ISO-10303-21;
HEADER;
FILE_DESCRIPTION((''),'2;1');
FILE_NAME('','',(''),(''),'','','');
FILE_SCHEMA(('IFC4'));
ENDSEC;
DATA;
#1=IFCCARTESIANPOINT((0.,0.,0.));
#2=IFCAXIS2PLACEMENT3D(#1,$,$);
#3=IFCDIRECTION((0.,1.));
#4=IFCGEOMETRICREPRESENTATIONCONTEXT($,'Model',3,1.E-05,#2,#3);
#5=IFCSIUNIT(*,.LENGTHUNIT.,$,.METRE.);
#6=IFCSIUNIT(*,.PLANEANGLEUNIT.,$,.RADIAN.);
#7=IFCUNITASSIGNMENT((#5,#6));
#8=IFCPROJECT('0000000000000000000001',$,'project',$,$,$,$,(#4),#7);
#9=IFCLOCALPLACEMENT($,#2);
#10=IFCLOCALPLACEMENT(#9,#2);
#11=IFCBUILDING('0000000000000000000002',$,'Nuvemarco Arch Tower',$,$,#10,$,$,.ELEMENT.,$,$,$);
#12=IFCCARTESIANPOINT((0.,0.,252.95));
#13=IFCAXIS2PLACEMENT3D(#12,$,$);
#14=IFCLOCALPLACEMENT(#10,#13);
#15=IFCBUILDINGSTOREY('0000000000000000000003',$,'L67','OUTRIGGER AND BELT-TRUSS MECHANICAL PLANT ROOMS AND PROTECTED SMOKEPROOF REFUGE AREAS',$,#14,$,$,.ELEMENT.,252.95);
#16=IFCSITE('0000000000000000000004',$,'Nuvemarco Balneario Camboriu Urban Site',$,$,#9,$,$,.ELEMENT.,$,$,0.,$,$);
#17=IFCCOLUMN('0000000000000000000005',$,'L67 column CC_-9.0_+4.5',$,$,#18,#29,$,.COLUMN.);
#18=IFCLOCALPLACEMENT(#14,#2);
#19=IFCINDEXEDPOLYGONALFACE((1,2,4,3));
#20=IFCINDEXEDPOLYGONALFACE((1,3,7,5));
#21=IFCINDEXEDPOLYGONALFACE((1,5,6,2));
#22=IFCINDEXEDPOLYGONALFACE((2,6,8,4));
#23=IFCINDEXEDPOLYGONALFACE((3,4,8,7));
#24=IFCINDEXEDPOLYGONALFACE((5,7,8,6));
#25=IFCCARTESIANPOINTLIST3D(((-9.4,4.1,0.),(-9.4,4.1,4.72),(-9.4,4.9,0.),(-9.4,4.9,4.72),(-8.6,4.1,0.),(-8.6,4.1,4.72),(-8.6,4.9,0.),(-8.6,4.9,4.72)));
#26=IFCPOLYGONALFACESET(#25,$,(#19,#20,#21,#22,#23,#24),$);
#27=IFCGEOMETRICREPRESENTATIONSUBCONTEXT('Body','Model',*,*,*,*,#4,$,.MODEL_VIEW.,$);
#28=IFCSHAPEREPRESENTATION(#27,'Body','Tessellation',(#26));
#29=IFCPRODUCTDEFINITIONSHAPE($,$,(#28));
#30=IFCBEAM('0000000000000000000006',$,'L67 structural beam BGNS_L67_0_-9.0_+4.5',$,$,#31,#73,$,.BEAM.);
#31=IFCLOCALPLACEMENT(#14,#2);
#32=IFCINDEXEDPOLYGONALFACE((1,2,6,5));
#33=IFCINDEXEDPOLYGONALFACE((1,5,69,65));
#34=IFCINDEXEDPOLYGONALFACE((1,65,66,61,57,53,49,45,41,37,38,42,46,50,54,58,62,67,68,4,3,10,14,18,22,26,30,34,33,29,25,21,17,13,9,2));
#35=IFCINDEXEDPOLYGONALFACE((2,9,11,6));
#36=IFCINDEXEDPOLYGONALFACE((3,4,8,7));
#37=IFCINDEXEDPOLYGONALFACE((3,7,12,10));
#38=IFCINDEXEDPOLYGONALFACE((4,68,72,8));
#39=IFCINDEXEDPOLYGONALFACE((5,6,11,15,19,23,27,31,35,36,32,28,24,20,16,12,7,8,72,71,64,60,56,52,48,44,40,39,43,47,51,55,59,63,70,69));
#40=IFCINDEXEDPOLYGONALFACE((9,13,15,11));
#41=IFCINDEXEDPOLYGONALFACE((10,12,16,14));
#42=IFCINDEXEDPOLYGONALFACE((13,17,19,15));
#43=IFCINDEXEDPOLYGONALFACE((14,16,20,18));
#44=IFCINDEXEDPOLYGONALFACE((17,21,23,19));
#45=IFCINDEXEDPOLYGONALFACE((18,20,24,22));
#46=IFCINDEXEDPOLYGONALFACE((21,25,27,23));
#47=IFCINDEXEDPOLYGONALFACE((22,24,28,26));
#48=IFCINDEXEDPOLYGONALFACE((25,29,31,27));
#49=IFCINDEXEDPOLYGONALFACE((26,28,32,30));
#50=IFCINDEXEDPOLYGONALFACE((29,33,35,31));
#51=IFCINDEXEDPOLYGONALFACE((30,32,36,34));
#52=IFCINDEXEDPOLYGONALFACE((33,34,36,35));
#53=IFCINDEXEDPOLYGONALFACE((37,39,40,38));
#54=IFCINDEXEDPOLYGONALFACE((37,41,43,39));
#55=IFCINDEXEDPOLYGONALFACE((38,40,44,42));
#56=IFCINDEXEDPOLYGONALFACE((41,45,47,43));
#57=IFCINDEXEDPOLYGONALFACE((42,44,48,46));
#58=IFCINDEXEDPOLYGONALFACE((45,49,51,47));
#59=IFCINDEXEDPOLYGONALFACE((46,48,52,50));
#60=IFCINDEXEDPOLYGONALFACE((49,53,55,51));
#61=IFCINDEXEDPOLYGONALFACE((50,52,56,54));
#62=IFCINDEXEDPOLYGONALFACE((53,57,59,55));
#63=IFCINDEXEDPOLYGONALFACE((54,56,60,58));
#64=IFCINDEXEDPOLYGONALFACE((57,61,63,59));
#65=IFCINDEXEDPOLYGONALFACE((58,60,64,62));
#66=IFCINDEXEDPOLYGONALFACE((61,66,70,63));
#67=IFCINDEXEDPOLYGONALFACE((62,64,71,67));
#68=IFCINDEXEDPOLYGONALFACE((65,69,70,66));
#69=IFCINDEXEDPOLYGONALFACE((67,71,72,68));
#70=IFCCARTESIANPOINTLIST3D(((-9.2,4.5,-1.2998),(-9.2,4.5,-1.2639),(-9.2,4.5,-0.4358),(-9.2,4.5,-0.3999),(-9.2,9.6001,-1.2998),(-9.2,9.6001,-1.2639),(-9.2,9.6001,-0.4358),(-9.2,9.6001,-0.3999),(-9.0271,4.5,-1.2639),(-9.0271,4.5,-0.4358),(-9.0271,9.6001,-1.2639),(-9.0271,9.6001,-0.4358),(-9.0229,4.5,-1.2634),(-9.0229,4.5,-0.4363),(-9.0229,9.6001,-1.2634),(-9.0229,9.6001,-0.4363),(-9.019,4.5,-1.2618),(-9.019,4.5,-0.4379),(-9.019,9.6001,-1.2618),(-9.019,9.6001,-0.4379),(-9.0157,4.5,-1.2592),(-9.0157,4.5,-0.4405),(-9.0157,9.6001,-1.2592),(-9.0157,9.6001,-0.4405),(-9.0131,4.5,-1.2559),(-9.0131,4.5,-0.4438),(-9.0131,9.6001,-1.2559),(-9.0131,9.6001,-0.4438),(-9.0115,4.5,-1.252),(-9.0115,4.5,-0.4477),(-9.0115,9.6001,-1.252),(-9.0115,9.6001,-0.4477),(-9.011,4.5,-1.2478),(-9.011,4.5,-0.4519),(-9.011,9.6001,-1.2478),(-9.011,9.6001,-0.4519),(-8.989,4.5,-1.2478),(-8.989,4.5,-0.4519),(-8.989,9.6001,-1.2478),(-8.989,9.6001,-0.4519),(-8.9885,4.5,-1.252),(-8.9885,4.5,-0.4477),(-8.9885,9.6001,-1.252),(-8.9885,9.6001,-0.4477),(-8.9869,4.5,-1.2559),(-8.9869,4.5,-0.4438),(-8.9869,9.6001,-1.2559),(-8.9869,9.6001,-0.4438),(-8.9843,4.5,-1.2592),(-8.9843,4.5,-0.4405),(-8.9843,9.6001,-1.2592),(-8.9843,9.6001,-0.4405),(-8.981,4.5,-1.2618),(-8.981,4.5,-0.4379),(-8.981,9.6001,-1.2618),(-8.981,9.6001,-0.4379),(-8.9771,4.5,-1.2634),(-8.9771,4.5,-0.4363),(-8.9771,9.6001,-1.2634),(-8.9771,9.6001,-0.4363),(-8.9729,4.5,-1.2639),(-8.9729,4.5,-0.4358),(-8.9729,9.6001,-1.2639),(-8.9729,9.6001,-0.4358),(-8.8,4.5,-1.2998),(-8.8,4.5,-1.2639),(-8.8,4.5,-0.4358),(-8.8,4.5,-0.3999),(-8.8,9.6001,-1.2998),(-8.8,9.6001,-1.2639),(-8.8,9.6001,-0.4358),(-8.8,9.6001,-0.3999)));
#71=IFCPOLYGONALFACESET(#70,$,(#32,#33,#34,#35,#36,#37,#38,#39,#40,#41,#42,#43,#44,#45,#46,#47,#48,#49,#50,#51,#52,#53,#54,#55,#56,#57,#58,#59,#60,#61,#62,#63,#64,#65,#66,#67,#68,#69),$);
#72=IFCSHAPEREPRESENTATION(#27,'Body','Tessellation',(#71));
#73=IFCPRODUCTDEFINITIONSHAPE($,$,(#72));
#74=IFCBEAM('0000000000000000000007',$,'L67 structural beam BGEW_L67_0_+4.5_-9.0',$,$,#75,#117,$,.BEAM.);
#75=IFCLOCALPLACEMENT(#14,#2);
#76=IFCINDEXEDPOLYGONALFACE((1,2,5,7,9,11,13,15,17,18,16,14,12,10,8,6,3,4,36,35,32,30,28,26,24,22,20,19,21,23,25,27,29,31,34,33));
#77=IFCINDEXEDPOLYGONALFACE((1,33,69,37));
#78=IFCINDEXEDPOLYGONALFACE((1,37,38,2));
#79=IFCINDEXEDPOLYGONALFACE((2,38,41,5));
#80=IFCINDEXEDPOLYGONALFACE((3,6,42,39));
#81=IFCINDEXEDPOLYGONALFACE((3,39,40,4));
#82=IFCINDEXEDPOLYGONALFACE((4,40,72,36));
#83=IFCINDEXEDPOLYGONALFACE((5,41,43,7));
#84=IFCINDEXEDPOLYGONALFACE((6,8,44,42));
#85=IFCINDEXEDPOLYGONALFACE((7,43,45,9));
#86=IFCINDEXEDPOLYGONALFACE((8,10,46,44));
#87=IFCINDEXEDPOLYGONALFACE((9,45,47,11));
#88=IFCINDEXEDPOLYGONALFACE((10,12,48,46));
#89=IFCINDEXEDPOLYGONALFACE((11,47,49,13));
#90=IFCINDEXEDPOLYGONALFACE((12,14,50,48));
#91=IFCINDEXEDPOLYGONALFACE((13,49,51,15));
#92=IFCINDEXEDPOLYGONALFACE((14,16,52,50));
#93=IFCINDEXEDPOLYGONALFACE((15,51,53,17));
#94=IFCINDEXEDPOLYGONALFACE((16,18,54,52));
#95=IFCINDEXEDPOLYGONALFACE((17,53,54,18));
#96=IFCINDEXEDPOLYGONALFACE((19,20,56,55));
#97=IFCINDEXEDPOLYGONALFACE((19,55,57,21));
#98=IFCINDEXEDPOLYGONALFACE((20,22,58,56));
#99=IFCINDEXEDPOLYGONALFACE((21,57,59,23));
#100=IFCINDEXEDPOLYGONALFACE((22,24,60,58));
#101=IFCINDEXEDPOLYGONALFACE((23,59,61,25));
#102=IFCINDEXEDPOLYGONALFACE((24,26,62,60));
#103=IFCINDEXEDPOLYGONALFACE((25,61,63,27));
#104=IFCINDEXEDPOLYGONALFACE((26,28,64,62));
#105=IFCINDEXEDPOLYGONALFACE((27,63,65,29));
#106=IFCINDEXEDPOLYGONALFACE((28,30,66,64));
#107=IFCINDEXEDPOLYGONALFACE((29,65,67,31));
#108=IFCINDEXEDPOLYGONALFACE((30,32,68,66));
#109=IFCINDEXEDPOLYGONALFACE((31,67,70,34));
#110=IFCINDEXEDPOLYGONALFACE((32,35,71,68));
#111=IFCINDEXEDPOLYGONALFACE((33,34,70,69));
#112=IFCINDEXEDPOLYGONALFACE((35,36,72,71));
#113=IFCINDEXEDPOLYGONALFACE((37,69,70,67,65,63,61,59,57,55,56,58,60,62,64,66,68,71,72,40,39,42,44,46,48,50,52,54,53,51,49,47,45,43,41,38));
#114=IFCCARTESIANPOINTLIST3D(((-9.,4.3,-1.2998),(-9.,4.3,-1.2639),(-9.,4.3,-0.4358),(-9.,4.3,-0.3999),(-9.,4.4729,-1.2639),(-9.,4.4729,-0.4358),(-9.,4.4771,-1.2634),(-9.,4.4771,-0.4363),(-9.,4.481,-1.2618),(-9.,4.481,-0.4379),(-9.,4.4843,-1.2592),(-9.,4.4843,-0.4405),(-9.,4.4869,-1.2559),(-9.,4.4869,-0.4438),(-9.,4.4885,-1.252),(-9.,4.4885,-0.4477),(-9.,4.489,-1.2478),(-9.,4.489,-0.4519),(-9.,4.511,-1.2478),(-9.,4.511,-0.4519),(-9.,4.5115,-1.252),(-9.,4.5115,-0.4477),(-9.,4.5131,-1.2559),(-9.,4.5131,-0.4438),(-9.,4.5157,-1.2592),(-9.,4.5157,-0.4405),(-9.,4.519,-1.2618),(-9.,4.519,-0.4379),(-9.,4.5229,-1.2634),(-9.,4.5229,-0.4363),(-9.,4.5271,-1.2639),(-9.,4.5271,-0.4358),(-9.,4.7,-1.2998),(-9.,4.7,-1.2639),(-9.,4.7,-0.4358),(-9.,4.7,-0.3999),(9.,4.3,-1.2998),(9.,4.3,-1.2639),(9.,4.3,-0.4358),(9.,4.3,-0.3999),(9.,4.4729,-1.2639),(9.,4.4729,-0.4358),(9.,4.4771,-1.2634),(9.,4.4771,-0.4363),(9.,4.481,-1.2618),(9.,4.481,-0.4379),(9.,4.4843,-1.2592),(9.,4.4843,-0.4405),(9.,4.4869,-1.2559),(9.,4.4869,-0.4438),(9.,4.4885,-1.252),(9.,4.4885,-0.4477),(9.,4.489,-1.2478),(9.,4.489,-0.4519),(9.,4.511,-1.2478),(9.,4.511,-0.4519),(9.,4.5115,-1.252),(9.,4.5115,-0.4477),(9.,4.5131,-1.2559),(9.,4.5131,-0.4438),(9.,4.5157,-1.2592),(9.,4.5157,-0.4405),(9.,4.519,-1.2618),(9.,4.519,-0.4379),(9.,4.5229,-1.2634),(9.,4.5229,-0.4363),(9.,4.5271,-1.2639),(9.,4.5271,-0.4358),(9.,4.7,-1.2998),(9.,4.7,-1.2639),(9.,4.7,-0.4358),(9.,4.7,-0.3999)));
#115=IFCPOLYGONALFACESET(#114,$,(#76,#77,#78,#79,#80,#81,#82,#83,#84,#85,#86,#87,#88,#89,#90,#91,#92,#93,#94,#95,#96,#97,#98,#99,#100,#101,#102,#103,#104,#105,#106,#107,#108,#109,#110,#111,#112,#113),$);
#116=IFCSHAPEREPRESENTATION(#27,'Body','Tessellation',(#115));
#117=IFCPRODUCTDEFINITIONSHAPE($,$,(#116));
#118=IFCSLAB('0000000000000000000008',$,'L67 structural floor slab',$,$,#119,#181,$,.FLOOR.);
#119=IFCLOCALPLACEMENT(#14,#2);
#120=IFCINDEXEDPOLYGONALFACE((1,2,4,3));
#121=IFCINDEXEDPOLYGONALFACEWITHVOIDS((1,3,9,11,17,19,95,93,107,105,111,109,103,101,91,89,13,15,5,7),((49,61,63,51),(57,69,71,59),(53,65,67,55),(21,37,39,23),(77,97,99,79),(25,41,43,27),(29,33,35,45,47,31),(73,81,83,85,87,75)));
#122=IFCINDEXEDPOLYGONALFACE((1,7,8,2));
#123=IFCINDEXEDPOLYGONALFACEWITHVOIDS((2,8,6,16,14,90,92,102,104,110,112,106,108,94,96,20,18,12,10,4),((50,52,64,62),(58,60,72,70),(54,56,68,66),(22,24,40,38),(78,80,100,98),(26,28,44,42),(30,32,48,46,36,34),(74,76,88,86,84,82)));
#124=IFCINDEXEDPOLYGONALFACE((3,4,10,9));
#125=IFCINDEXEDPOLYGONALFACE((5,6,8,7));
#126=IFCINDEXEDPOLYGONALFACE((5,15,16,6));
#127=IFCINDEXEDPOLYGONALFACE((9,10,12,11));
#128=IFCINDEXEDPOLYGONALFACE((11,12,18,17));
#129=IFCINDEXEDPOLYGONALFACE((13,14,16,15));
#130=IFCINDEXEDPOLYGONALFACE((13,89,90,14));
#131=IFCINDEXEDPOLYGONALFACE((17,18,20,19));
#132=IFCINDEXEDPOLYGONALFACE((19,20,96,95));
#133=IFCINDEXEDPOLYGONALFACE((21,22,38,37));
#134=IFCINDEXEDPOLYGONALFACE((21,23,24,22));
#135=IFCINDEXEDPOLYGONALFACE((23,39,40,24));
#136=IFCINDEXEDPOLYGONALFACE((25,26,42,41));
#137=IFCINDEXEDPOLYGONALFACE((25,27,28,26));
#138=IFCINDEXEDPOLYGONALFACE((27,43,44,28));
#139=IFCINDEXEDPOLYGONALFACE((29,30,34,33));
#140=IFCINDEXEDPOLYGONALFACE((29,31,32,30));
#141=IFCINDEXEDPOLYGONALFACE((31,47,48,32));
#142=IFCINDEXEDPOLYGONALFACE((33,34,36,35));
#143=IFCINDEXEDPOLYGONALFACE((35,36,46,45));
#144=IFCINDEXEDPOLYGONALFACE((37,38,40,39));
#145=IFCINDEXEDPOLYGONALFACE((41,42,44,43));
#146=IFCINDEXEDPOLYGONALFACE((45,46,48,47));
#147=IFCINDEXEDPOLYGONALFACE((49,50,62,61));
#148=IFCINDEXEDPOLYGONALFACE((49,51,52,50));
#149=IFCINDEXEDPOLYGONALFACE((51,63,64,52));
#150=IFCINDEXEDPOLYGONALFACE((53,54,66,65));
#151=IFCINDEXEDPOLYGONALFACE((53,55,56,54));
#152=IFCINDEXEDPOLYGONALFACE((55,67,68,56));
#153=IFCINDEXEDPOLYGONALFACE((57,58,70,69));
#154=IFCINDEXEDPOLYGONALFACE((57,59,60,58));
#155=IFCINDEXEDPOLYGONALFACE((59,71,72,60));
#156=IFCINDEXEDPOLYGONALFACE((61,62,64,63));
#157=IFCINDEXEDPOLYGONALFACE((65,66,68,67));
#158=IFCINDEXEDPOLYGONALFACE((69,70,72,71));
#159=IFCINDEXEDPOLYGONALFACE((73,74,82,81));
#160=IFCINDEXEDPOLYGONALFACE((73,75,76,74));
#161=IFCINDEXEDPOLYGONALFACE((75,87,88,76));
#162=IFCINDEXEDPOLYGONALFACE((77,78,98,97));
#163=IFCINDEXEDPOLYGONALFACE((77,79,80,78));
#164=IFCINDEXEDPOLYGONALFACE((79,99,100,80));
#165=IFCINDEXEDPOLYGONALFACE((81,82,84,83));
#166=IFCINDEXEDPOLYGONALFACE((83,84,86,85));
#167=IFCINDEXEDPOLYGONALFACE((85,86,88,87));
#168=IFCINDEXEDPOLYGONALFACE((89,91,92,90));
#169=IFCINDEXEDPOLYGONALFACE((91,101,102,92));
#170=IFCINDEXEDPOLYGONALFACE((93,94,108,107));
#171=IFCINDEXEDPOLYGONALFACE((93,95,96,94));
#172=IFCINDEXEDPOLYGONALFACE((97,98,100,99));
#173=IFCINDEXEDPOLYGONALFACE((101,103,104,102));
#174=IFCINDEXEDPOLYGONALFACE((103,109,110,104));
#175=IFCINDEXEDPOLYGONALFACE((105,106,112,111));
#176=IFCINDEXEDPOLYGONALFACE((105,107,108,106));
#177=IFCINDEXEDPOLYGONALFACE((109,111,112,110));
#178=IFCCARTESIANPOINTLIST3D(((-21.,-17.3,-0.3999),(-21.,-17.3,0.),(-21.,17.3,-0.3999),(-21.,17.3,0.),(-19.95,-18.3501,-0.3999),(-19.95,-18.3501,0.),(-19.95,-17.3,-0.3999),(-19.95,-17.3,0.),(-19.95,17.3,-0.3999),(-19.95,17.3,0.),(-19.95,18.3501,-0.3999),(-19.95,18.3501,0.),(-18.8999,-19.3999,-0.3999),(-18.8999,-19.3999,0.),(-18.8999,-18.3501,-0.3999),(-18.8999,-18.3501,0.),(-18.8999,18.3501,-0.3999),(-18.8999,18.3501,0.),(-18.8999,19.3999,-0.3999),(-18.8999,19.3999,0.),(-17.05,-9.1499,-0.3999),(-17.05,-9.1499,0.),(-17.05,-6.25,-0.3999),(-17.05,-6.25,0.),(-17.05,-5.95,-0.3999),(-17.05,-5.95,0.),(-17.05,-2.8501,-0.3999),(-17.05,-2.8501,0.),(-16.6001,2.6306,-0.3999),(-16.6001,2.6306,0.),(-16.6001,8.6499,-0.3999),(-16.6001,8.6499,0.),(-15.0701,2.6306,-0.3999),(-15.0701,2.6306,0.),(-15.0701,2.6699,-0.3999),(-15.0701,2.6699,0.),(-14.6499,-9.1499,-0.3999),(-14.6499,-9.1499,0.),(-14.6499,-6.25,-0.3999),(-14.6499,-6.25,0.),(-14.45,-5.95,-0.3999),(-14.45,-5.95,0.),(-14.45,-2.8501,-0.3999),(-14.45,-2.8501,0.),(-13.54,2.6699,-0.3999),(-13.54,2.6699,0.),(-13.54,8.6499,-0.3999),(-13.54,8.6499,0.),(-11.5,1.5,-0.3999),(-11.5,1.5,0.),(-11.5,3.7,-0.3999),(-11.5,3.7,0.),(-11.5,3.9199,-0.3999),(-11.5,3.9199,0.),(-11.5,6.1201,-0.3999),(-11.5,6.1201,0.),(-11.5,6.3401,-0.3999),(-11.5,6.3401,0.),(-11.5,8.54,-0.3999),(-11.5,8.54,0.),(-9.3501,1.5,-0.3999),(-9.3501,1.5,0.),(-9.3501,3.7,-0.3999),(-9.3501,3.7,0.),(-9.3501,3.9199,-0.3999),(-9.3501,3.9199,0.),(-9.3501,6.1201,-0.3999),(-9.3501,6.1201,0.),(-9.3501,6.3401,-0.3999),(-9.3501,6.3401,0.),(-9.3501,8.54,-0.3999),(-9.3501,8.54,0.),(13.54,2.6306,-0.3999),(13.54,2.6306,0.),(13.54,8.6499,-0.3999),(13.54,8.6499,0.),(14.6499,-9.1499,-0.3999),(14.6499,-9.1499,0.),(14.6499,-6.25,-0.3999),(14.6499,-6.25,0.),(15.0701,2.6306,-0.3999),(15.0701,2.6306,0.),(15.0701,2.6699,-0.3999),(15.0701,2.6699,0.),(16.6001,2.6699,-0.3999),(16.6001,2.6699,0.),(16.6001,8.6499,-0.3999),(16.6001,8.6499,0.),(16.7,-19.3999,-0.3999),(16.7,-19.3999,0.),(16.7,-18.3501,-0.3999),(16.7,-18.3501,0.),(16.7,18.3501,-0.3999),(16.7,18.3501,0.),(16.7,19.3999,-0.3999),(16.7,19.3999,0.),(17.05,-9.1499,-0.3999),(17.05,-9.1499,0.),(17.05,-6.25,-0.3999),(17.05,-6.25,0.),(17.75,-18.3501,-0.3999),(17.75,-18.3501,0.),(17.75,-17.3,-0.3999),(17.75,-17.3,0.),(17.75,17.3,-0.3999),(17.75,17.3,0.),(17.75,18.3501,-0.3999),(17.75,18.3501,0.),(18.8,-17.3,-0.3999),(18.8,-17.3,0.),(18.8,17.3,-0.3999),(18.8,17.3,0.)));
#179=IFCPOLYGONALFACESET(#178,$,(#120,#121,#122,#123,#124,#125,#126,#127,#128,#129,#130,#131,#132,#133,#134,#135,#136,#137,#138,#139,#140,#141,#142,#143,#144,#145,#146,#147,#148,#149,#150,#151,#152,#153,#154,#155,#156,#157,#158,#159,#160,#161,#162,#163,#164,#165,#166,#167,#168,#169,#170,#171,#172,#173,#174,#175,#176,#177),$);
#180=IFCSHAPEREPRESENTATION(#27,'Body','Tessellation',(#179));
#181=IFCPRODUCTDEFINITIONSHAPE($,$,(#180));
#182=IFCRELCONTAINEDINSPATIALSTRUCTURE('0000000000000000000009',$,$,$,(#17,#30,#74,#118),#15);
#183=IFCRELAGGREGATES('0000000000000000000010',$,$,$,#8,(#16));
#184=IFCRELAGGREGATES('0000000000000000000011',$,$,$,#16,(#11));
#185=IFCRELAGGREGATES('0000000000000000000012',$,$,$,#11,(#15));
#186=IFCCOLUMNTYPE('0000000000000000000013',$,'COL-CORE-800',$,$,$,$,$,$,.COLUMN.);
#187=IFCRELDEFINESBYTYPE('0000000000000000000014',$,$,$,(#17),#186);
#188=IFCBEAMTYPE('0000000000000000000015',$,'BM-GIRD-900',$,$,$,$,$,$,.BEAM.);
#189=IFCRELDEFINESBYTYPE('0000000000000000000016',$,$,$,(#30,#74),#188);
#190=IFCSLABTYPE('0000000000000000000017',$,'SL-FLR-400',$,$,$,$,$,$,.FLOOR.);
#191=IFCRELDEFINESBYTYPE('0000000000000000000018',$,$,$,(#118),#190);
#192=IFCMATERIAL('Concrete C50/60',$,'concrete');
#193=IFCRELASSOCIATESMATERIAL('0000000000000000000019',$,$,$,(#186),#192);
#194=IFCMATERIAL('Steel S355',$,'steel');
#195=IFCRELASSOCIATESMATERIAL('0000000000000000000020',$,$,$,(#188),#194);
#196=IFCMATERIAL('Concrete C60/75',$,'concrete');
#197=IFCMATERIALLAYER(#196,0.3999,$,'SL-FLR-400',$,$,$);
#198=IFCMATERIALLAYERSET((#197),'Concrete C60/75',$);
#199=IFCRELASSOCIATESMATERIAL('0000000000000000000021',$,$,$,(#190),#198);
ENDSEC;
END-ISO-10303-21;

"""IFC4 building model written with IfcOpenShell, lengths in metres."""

from ifc_helpers import new_model, si_unit, direction, frame, origin, origin_2d, place, context, subcontext, project, spatial, polyline, rectangle, i_section, outline, extrude, material, layer, layer_set, material_profile, profile_set, type_object, element, save


model = new_model("IFC4")

# Units and contexts
model_context = context("Model", 3, precision=1e-05, world=origin(), true_north=direction((0.0, 1.0)))
body_context = subcontext(model_context, "Body", "Model", "MODEL_VIEW")
ifc_project = project(units=[si_unit("LENGTHUNIT", "METRE"), si_unit("PLANEANGLEUNIT", "RADIAN")], contexts=[model_context])

# Site, building, storey
site_placement = place(None, origin())
site = spatial("IfcSite", under=ifc_project, at=site_placement, Name="Nuvemarco Balneario Camboriu Urban Site", CompositionType="ELEMENT", RefElevation=0.0)
building_placement = place(site_placement, origin())
building = spatial("IfcBuilding", under=site, at=building_placement, Name="Nuvemarco Arch Tower", CompositionType="ELEMENT")
storey_placement = place(building_placement, frame((0.0, 0.0, 252.95)))
storey = spatial("IfcBuildingStorey", under=building, at=storey_placement, Name="L67", Description="OUTRIGGER AND BELT-TRUSS MECHANICAL PLANT ROOMS AND PROTECTED SMOKEPROOF REFUGE AREAS", CompositionType="ELEMENT", Elevation=252.95)

# Column
ifc_material_1 = material(Name="Concrete C50/60", Category="concrete")
ifc_material_profile_1 = material_profile(ifc_material_1, rectangle(XDim=0.8, YDim=0.8, at=origin_2d()), Name="RC-COL-800x800")
ifc_profile_set_1 = profile_set([ifc_material_profile_1], Name="Concrete C50/60")
column_type = type_object("IfcColumnType", Name="COL-CORE-800", PredefinedType="COLUMN", material=ifc_profile_set_1)
column_placement = place(storey_placement, frame((-9.0, 4.5, 0.0), z_axis=(0.0, 0.0, 1.0), x_axis=(1.0, 0.0, 0.0)))
element("IfcColumn", 1, at=column_placement, inside=storey, type_object=column_type, Name="L67 column CC_-9.0_+4.5", PredefinedType="COLUMN", context=body_context, shape_type="SweptSolid", body=[
    extrude(rectangle(XDim=0.8, YDim=0.8, at=origin_2d()), origin(), (0.0, 0.0, 1.0), 4.72),
])

# Beams
ifc_material_2 = material(Name="Steel S355", Category="steel")
ifc_material_profile_2 = material_profile(ifc_material_2, i_section(OverallWidth=0.3999, OverallDepth=0.8999, WebThickness=0.022, FlangeThickness=0.0359, FilletRadius=0.0161, at=origin_2d()), Name="PG900x400")
ifc_profile_set_2 = profile_set([ifc_material_profile_2], Name="Steel S355")
beam_type = type_object("IfcBeamType", Name="BM-GIRD-900", PredefinedType="BEAM", material=ifc_profile_set_2)
beam_1_placement = place(storey_placement, frame((-9.0, 4.5, -0.8499), z_axis=(0.0, 1.0, 0.0), x_axis=(-1.0, 0.0, 0.0)))
element("IfcBeam", 2, at=beam_1_placement, inside=storey, type_object=beam_type, Name="L67 structural beam BGNS_L67_0_-9.0_+4.5", PredefinedType="BEAM", context=body_context, shape_type="SweptSolid", body=[
    extrude(i_section(OverallWidth=0.3999, OverallDepth=0.8999, WebThickness=0.022, FlangeThickness=0.0359, FilletRadius=0.0161, at=origin_2d()), origin(), (0.0, 0.0, 1.0), 5.1001),
])
beam_2_placement = place(storey_placement, frame((-9.0, 4.5, -0.8499), z_axis=(1.0, 0.0, 0.0), x_axis=(0.0, 1.0, 0.0)))
element("IfcBeam", 3, at=beam_2_placement, inside=storey, type_object=beam_type, Name="L67 structural beam BGEW_L67_0_+4.5_-9.0", PredefinedType="BEAM", context=body_context, shape_type="SweptSolid", body=[
    extrude(i_section(OverallWidth=0.3999, OverallDepth=0.8999, WebThickness=0.022, FlangeThickness=0.0359, FilletRadius=0.0161, at=origin_2d()), origin(), (0.0, 0.0, 1.0), 18.0),
])

# Slab
ifc_material_3 = material(Name="Concrete C60/75", Category="concrete")
ifc_layer_1 = layer(ifc_material_3, 0.3999, Name="SL-FLR-400")
ifc_layer_set_1 = layer_set([ifc_layer_1], Name="Concrete C60/75")
slab_type = type_object("IfcSlabType", Name="SL-FLR-400", PredefinedType="FLOOR", material=ifc_layer_set_1)
slab_placement = place(storey_placement, frame((0.0, 0.0, -0.3999)))
element("IfcSlab", 4, at=slab_placement, inside=storey, type_object=slab_type, Name="L67 structural floor slab", PredefinedType="FLOOR", context=body_context, shape_type="SweptSolid", body=[
    extrude(outline(polyline([(-18.8999, -19.3999), (16.7, -19.3999), (16.7, -18.3501), (17.75, -18.3501), (17.75, -17.3), (18.8, -17.3), (18.8, 17.3), (17.75, 17.3), (17.75, 18.3501), (16.7, 18.3501), (16.7, 19.3999), (-18.8999, 19.3999), (-18.8999, 18.3501), (-19.95, 18.3501), (-19.95, 17.3), (-21.0, 17.3), (-21.0, -17.3), (-19.95, -17.3), (-19.95, -18.3501), (-18.8999, -18.3501), (-18.8999, -19.3999)]), holes=[polyline([(-13.54, 2.6699), (-13.54, 8.6499), (-16.6001, 8.6499), (-16.6001, 2.6306), (-15.0701, 2.6306), (-15.0701, 2.6699), (-13.54, 2.6699)]), polyline([(16.6001, 2.6699), (16.6001, 8.6499), (13.54, 8.6499), (13.54, 2.6306), (15.0701, 2.6306), (15.0701, 2.6699), (16.6001, 2.6699)]), polyline([(-17.05, -9.1499), (-14.6499, -9.1499), (-14.6499, -6.25), (-17.05, -6.25), (-17.05, -9.1499)]), polyline([(-17.05, -5.95), (-14.45, -5.95), (-14.45, -2.8501), (-17.05, -2.8501), (-17.05, -5.95)]), polyline([(-11.5, 1.5), (-9.3501, 1.5), (-9.3501, 3.7), (-11.5, 3.7), (-11.5, 1.5)]), polyline([(-11.5, 3.9199), (-9.3501, 3.9199), (-9.3501, 6.1201), (-11.5, 6.1201), (-11.5, 3.9199)]), polyline([(-11.5, 6.3401), (-9.3501, 6.3401), (-9.3501, 8.54), (-11.5, 8.54), (-11.5, 6.3401)]), polyline([(14.6499, -9.1499), (17.05, -9.1499), (17.05, -6.25), (14.6499, -6.25), (14.6499, -9.1499)])]), origin(), (0.0, 0.0, 1.0), 0.3999),
])

save(model, "model.ifc")
